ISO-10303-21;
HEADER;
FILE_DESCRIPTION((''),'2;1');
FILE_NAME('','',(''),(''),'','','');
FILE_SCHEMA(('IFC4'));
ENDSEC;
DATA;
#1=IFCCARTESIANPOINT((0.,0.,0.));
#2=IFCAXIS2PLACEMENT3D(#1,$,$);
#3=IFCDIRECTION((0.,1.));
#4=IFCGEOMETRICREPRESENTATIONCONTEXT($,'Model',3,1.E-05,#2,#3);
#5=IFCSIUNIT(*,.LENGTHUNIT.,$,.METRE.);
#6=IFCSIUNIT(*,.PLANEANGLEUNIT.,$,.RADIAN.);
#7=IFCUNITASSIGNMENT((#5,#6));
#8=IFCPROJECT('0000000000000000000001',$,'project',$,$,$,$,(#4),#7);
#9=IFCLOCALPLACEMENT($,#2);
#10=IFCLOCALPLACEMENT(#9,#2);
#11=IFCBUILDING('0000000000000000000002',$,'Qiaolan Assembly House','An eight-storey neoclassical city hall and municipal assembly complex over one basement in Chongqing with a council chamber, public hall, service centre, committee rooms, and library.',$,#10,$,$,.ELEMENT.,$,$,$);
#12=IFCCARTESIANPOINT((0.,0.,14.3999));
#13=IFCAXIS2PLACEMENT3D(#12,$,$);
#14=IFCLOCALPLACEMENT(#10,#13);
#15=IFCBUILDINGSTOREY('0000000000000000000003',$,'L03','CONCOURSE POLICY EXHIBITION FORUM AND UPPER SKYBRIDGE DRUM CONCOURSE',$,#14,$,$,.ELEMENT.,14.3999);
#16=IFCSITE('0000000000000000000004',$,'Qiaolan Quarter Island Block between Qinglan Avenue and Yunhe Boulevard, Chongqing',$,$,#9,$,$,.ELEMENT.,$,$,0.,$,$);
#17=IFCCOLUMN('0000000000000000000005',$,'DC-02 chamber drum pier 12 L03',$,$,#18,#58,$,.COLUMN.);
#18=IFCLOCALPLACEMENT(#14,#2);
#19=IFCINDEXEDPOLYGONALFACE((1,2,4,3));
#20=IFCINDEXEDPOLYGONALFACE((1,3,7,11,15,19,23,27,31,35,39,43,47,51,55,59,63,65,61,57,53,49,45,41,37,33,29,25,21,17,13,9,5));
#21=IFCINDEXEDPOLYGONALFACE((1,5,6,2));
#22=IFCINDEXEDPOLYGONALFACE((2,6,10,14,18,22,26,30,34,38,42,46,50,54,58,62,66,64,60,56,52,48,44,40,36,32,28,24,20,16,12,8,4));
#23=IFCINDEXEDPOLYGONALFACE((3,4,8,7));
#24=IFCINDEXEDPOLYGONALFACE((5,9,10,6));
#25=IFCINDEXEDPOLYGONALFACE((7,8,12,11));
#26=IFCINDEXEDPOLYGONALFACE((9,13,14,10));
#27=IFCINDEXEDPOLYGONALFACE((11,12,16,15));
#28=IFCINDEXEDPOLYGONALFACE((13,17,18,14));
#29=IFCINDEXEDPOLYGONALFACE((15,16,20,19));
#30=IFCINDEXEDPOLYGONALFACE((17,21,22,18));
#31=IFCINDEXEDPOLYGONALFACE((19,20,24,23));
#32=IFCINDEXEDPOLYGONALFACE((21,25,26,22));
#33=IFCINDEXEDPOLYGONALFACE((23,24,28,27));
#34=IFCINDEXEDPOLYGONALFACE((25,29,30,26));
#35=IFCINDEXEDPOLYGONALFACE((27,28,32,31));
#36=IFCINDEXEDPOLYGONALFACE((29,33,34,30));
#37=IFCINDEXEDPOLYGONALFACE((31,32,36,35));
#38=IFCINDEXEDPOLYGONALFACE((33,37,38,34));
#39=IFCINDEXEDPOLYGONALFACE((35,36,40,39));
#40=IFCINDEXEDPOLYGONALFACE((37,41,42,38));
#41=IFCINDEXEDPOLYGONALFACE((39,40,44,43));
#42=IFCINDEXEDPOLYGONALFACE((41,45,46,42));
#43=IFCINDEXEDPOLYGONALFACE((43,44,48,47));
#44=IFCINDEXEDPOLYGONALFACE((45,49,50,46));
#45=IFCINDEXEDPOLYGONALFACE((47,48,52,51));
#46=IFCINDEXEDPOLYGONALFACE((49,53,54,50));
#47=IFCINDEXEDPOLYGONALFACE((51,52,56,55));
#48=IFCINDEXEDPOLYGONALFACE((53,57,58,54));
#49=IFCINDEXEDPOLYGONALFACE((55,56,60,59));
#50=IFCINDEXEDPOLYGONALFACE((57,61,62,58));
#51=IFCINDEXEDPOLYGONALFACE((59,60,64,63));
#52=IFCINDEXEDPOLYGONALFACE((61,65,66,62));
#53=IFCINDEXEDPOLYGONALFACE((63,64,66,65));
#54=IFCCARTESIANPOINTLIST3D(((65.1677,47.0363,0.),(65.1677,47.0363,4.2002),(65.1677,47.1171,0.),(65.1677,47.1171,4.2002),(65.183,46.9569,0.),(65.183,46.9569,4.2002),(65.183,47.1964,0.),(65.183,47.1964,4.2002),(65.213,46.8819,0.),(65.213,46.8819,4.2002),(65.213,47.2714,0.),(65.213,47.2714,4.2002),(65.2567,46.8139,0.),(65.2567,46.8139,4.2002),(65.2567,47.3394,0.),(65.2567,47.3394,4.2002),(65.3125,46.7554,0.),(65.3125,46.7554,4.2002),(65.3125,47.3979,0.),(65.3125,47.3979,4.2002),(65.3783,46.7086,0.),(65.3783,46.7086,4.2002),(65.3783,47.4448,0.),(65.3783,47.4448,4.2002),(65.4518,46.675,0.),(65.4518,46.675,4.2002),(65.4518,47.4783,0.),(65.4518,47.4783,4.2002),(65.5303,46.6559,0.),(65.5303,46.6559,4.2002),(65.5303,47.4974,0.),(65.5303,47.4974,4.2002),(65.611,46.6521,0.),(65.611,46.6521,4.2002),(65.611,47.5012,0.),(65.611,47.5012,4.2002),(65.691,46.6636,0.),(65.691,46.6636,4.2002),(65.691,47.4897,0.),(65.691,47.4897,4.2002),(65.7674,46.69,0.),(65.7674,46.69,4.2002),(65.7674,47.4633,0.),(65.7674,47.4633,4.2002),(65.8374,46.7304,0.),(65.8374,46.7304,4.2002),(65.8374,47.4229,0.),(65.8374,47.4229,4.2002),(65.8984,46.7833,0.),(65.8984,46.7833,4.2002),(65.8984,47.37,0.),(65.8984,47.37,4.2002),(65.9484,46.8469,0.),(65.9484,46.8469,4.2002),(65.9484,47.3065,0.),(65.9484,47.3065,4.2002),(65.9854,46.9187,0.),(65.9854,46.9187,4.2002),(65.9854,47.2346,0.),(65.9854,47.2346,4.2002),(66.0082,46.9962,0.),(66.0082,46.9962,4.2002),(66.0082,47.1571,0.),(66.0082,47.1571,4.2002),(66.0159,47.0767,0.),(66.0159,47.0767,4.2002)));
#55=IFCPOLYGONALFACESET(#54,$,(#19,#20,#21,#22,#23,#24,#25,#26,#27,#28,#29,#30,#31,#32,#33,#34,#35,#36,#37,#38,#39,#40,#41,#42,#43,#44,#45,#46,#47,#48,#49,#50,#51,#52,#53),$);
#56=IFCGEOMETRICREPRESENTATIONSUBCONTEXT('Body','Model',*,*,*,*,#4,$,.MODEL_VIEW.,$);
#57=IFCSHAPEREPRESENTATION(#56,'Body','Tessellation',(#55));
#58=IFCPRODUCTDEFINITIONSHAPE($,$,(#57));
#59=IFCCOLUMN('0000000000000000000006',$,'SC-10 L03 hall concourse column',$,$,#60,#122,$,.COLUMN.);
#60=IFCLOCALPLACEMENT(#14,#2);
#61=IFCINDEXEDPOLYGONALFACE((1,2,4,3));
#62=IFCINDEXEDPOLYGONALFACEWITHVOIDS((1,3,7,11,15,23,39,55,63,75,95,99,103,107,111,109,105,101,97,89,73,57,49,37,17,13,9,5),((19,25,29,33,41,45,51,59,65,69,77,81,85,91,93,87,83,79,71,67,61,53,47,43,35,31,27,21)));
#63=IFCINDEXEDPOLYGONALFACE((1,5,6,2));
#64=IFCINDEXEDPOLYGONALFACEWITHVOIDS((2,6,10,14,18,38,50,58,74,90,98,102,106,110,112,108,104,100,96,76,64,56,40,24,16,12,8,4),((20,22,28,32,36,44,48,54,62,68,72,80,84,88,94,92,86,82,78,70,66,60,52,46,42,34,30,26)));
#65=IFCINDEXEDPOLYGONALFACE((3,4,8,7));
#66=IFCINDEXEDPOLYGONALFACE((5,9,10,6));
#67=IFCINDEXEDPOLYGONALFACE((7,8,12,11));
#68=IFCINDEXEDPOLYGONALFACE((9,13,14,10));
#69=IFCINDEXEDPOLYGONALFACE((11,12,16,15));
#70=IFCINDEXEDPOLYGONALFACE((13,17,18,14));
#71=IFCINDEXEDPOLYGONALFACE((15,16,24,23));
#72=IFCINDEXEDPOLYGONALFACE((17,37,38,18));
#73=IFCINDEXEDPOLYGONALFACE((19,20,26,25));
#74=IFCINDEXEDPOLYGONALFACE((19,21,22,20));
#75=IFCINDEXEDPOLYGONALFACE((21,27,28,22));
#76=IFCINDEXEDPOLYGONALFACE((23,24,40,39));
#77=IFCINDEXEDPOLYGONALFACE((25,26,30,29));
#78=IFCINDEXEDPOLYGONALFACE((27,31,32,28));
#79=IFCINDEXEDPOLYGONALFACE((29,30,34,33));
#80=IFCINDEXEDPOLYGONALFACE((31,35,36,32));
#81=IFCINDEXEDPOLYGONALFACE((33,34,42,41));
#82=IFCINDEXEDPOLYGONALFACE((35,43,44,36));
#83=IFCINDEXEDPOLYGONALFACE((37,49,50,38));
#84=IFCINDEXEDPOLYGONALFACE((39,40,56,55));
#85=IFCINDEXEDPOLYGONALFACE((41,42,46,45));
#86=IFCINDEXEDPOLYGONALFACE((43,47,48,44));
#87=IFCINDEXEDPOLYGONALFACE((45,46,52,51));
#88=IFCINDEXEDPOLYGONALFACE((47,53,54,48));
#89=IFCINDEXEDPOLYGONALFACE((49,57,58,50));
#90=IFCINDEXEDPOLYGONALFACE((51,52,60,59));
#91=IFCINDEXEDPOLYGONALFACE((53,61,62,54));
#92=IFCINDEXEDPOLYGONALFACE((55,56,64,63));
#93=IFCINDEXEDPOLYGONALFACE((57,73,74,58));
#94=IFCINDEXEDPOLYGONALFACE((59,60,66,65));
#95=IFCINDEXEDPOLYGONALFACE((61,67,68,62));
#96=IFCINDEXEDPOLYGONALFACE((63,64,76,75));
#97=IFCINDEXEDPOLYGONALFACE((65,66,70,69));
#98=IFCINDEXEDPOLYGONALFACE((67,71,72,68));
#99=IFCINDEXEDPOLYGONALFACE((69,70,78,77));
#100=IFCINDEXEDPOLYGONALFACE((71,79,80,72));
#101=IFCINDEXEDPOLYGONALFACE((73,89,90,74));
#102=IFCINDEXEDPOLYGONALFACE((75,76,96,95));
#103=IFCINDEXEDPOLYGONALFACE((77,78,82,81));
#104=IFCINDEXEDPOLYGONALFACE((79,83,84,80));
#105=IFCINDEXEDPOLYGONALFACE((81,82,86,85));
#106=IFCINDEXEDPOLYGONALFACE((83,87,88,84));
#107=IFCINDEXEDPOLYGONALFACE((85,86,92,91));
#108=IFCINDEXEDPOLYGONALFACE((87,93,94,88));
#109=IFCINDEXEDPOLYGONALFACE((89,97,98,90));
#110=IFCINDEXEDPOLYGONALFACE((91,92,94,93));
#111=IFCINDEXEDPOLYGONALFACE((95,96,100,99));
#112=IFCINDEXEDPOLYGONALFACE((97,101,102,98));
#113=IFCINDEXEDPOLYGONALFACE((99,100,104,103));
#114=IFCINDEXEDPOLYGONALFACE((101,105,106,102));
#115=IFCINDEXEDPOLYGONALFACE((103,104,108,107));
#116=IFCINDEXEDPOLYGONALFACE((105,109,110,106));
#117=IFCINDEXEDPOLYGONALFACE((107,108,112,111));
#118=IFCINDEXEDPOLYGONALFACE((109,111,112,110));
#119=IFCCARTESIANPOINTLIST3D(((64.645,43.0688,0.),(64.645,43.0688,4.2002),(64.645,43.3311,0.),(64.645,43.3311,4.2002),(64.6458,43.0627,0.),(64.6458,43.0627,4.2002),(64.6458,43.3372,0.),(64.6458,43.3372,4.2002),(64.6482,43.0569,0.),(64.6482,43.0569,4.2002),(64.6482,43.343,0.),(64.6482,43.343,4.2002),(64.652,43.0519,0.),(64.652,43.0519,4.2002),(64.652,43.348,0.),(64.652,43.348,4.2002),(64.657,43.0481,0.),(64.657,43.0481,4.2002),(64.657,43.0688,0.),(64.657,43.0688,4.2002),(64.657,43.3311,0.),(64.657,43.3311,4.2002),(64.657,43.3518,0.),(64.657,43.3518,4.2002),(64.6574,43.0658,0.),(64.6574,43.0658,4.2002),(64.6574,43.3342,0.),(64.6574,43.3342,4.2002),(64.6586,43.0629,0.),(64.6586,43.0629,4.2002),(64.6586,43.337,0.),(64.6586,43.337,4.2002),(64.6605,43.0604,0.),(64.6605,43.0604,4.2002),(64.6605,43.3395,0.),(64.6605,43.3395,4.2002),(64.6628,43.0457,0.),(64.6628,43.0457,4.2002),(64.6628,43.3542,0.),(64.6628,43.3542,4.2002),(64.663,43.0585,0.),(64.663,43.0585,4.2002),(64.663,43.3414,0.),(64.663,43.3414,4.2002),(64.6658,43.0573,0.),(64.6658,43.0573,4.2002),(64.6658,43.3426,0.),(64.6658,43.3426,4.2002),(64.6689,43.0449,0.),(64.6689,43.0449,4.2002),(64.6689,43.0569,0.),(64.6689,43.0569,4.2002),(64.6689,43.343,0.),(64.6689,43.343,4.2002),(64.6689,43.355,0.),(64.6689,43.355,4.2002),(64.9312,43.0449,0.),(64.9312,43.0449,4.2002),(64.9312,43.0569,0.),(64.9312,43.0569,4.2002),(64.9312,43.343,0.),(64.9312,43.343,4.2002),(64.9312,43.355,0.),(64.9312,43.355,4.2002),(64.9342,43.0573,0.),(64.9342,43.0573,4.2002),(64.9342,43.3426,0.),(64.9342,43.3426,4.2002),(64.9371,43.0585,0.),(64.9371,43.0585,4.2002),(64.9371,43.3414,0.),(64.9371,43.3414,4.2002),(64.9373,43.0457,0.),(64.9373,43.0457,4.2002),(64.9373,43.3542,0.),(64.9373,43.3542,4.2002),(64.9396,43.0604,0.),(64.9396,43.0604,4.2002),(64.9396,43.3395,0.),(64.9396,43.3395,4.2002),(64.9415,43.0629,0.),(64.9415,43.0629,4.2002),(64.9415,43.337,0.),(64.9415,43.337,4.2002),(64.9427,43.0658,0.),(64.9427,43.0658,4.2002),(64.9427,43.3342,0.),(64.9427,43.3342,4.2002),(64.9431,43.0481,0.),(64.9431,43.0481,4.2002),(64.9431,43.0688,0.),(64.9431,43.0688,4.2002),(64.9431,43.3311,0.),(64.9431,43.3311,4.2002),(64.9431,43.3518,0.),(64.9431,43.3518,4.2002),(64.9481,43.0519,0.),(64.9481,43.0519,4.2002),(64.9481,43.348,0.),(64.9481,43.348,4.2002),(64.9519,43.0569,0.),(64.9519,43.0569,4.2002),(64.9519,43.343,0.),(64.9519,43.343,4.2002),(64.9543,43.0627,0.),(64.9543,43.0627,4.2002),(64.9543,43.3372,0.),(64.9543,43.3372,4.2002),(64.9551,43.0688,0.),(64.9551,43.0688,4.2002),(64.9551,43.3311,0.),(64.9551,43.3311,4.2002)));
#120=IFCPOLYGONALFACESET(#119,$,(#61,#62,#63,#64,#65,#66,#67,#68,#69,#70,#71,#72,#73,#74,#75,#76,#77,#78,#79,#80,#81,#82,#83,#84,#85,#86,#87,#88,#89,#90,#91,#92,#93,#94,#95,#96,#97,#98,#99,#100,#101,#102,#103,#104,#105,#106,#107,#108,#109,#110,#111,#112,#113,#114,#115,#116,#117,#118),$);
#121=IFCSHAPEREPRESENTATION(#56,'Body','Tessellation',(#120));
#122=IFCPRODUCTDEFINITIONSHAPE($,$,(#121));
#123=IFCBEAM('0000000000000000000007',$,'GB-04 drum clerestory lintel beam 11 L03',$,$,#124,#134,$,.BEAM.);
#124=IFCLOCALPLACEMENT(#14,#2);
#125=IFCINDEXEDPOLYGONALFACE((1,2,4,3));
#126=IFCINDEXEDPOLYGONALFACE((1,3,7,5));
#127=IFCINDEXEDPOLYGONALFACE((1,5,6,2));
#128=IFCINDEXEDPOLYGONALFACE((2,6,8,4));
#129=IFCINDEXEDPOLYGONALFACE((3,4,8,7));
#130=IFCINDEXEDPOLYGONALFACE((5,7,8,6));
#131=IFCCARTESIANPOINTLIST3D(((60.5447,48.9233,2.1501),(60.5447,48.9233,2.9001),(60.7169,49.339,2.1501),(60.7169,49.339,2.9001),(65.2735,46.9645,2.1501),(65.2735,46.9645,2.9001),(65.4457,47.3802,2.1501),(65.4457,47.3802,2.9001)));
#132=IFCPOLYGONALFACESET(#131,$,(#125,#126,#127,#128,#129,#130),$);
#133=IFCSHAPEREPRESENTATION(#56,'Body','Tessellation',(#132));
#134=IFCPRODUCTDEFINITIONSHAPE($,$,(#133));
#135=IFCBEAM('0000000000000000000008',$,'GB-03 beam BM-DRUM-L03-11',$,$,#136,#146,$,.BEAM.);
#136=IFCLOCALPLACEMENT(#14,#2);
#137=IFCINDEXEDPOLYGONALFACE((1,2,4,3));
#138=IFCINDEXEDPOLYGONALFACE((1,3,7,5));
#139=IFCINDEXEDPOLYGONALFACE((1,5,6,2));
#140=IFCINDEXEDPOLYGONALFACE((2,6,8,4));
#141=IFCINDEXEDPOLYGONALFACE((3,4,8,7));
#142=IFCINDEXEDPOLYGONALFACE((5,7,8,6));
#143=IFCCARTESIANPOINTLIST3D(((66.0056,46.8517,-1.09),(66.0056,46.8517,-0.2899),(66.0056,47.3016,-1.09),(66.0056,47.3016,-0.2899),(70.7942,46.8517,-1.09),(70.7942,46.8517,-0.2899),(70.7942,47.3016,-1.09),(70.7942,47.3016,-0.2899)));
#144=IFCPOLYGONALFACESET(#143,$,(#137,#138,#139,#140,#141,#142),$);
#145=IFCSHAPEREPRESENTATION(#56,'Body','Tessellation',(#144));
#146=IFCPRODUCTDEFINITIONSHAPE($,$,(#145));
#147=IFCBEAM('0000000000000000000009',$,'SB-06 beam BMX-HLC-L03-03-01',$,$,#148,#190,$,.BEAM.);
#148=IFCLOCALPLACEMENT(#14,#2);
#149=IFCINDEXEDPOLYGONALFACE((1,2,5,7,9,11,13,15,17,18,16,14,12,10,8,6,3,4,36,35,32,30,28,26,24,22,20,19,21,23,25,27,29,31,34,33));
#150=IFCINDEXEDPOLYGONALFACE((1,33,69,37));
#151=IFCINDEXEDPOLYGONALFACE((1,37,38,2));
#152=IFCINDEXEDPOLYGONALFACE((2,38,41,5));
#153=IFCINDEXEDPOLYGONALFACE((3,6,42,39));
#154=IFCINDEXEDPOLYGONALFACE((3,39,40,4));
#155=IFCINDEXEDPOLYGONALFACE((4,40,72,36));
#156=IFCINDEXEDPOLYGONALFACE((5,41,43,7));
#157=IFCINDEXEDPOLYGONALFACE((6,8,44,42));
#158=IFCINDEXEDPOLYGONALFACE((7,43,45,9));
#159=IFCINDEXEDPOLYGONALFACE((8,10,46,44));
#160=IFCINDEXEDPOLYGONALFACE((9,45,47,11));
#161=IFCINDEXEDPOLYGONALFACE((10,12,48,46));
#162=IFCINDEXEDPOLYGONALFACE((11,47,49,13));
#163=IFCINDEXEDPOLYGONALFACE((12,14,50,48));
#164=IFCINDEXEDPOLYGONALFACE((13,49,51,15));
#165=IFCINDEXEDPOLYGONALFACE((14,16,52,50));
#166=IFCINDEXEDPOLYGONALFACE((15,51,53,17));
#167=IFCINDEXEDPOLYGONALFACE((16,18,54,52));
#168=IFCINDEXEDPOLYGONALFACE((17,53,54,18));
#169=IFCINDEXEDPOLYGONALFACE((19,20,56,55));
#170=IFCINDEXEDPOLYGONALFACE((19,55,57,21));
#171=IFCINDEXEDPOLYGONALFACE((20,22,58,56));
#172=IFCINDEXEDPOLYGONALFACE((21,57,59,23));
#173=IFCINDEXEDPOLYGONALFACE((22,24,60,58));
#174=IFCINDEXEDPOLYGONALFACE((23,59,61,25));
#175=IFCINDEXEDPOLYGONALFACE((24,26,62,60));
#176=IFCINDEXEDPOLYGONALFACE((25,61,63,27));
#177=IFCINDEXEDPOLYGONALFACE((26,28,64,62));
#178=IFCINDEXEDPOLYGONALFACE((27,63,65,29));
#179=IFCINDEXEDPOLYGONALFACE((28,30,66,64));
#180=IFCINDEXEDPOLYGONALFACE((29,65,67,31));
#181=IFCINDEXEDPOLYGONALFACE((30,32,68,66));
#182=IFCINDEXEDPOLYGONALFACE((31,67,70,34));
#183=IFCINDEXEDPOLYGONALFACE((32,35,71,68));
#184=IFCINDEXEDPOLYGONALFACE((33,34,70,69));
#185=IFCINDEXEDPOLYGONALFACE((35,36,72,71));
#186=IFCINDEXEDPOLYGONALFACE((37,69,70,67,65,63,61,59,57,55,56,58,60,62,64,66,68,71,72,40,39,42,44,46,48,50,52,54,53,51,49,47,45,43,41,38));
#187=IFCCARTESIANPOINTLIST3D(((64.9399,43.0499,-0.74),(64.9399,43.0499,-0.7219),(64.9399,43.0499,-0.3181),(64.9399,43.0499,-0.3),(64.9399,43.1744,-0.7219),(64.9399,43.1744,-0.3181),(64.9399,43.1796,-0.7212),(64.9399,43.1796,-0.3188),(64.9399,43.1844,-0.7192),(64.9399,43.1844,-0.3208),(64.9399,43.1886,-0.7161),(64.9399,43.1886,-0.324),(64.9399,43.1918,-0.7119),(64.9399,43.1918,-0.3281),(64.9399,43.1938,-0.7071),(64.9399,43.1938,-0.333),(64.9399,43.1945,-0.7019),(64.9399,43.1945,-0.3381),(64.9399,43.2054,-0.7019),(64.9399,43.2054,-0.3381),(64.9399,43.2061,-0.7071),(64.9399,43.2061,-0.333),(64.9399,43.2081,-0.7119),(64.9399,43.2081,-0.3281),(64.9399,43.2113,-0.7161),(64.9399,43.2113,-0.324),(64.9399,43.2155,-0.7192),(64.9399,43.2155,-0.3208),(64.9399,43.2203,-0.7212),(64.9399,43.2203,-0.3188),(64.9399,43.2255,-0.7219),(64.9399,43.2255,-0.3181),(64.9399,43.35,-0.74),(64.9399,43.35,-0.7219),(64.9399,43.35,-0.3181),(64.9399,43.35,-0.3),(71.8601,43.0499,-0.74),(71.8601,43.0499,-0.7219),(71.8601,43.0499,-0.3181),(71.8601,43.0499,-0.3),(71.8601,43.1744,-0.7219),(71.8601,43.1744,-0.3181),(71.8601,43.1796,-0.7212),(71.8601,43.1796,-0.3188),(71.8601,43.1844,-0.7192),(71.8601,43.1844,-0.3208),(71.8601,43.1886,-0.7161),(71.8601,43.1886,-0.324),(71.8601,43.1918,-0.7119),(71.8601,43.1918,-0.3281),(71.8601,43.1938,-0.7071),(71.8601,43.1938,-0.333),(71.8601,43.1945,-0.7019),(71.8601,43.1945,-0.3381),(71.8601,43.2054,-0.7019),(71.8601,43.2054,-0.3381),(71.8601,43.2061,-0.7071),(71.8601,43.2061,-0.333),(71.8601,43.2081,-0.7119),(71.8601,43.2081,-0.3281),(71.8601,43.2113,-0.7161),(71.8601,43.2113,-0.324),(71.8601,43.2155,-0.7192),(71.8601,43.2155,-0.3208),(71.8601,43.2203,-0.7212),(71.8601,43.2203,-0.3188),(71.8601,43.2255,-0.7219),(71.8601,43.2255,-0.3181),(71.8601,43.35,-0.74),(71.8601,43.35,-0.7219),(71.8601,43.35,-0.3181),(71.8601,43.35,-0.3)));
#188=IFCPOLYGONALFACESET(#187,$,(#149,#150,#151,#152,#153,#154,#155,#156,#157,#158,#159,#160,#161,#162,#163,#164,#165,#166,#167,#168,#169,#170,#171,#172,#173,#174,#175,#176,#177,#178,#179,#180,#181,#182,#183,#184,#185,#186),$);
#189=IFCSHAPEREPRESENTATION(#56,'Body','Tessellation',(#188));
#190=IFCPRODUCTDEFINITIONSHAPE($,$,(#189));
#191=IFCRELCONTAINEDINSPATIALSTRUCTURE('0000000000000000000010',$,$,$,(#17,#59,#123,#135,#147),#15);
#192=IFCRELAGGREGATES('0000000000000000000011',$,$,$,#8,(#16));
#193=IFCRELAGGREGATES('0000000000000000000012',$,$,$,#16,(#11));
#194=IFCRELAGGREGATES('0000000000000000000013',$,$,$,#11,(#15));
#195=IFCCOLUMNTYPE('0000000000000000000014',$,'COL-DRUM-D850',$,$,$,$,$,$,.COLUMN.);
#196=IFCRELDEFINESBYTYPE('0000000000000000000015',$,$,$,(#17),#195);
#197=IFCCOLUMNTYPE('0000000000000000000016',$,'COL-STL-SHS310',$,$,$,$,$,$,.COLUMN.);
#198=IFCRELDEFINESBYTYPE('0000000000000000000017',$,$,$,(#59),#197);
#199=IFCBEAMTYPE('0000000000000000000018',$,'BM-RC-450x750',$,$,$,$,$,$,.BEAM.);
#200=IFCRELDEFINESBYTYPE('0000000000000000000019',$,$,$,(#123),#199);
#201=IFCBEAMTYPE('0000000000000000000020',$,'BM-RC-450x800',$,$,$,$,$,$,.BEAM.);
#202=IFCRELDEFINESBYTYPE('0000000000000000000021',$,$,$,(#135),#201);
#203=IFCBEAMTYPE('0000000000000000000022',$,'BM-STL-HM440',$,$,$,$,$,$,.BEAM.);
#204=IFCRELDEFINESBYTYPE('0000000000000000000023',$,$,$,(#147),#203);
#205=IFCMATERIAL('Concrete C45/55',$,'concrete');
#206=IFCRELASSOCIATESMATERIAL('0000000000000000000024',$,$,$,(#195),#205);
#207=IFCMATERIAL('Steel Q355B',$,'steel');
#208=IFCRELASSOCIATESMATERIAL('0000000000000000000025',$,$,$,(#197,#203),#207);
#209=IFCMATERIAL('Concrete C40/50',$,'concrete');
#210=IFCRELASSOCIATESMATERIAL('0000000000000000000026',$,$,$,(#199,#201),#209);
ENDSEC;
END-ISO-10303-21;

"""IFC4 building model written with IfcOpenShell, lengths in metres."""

from ifc_helpers import new_model, si_unit, direction, frame, origin, origin_2d, place, context, subcontext, project, spatial, rectangle, hollow_rectangle, circle, i_section, extrude, material, material_profile, profile_set, type_object, element, save


model = new_model("IFC4")

# Units and contexts
model_context = context("Model", 3, precision=1e-05, world=origin(), true_north=direction((0.0, 1.0)))
body_context = subcontext(model_context, "Body", "Model", "MODEL_VIEW")
ifc_project = project(units=[si_unit("LENGTHUNIT", "METRE"), si_unit("PLANEANGLEUNIT", "RADIAN")], contexts=[model_context])

# Site, building, storey
site_placement = place(None, origin())
site = spatial("IfcSite", under=ifc_project, at=site_placement, Name="Qiaolan Quarter Island Block between Qinglan Avenue and Yunhe Boulevard, Chongqing", CompositionType="ELEMENT", RefElevation=0.0)
building_placement = place(site_placement, origin())
building = spatial("IfcBuilding", under=site, at=building_placement, Name="Qiaolan Assembly House", Description="An eight-storey neoclassical city hall and municipal assembly complex over one basement in Chongqing with a council chamber, public hall, service centre, committee rooms, and library.", CompositionType="ELEMENT")
storey_placement = place(building_placement, frame((0.0, 0.0, 14.3999)))
storey = spatial("IfcBuildingStorey", under=building, at=storey_placement, Name="L03", Description="CONCOURSE POLICY EXHIBITION FORUM AND UPPER SKYBRIDGE DRUM CONCOURSE", CompositionType="ELEMENT", Elevation=14.3999)

# Columns
ifc_material_1 = material(Name="Concrete C45/55", Category="concrete")
ifc_material_profile_1 = material_profile(ifc_material_1, circle(Radius=0.425, at=origin_2d()), Name="CIRC D850")
ifc_profile_set_1 = profile_set([ifc_material_profile_1], Name="Concrete C45/55")
column_type_1 = type_object("IfcColumnType", Name="COL-DRUM-D850", PredefinedType="COLUMN", material=ifc_profile_set_1)
column_1_placement = place(storey_placement, frame((65.5908, 47.0767, 0.0), z_axis=(0.0, 0.0, 1.0), x_axis=(1.0, 0.0, 0.0)))
element("IfcColumn", 1, at=column_1_placement, inside=storey, type_object=column_type_1, Name="DC-02 chamber drum pier 12 L03", PredefinedType="COLUMN", context=body_context, shape_type="SweptSolid", body=[
    extrude(circle(Radius=0.425, at=origin_2d()), origin(), (0.0, 0.0, 1.0), 4.2002),
])
ifc_material_2 = material(Name="Steel Q355B", Category="steel")
ifc_material_profile_2 = material_profile(ifc_material_2, hollow_rectangle(XDim=0.3101, YDim=0.3101, WallThickness=0.012, InnerFilletRadius=0.012, OuterFilletRadius=0.0239, at=origin_2d()), Name="SHS 310x310x12")
ifc_profile_set_2 = profile_set([ifc_material_profile_2], Name="Steel Q355B")
column_type_2 = type_object("IfcColumnType", Name="COL-STL-SHS310", PredefinedType="COLUMN", material=ifc_profile_set_2)
column_2_placement = place(storey_placement, frame((64.8, 43.2, 0.0), z_axis=(0.0, 0.0, 1.0), x_axis=(1.0, 0.0, 0.0)))
element("IfcColumn", 2, at=column_2_placement, inside=storey, type_object=column_type_2, Name="SC-10 L03 hall concourse column", PredefinedType="COLUMN", context=body_context, shape_type="SweptSolid", body=[
    extrude(hollow_rectangle(XDim=0.3101, YDim=0.3101, WallThickness=0.012, InnerFilletRadius=0.012, OuterFilletRadius=0.0239, at=origin_2d()), origin(), (0.0, 0.0, 1.0), 4.2002),
])

# Beams
ifc_material_3 = material(Name="Concrete C40/50", Category="concrete")
ifc_material_profile_3 = material_profile(ifc_material_3, rectangle(XDim=0.45, YDim=0.75, at=origin_2d()), Name="RCB 450x750")
ifc_profile_set_3 = profile_set([ifc_material_profile_3], Name="Concrete C40/50")
beam_type_1 = type_object("IfcBeamType", Name="BM-RC-450x750", PredefinedType="BEAM", material=ifc_profile_set_3)
beam_1_placement = place(storey_placement, frame((65.3596, 47.1724, 2.5251), z_axis=(-0.923878, 0.382687, 0.0), x_axis=(-0.382687, -0.923878, 0.0)))
element("IfcBeam", 3, at=beam_1_placement, inside=storey, type_object=beam_type_1, Name="GB-04 drum clerestory lintel beam 11 L03", PredefinedType="BEAM", context=body_context, shape_type="SweptSolid", body=[
    extrude(rectangle(XDim=0.45, YDim=0.75, at=origin_2d()), origin(), (0.0, 0.0, 1.0), 5.1184),
])
ifc_material_profile_4 = material_profile(ifc_material_3, rectangle(XDim=0.45, YDim=0.8, at=origin_2d()), Name="RCB 450x800")
ifc_profile_set_4 = profile_set([ifc_material_profile_4], Name="Concrete C40/50")
beam_type_2 = type_object("IfcBeamType", Name="BM-RC-450x800", PredefinedType="BEAM", material=ifc_profile_set_4)
beam_2_placement = place(storey_placement, frame((66.0056, 47.0767, -0.6899), z_axis=(1.0, 0.0, 0.0), x_axis=(0.0, 1.0, 0.0)))
element("IfcBeam", 4, at=beam_2_placement, inside=storey, type_object=beam_type_2, Name="GB-03 beam BM-DRUM-L03-11", PredefinedType="BEAM", context=body_context, shape_type="SweptSolid", body=[
    extrude(rectangle(XDim=0.45, YDim=0.8, at=origin_2d()), origin(), (0.0, 0.0, 1.0), 4.7886),
])
ifc_material_profile_5 = material_profile(ifc_material_2, i_section(OverallWidth=0.3, OverallDepth=0.4399, WebThickness=0.011, FlangeThickness=0.0181, FilletRadius=0.02, at=origin_2d()), Name="HM 440x300x11x18")
ifc_profile_set_5 = profile_set([ifc_material_profile_5], Name="Steel Q355B")
beam_type_3 = type_object("IfcBeamType", Name="BM-STL-HM440", PredefinedType="BEAM", material=ifc_profile_set_5)
beam_3_placement = place(storey_placement, frame((64.9399, 43.2, -0.52), z_axis=(1.0, 0.0, 0.0), x_axis=(0.0, 1.0, 0.0)))
element("IfcBeam", 5, at=beam_3_placement, inside=storey, type_object=beam_type_3, Name="SB-06 beam BMX-HLC-L03-03-01", PredefinedType="BEAM", context=body_context, shape_type="SweptSolid", body=[
    extrude(i_section(OverallWidth=0.3, OverallDepth=0.4399, WebThickness=0.011, FlangeThickness=0.0181, FilletRadius=0.02, at=origin_2d()), origin(), (0.0, 0.0, 1.0), 6.9202),
])

save(model, "model.ifc")
